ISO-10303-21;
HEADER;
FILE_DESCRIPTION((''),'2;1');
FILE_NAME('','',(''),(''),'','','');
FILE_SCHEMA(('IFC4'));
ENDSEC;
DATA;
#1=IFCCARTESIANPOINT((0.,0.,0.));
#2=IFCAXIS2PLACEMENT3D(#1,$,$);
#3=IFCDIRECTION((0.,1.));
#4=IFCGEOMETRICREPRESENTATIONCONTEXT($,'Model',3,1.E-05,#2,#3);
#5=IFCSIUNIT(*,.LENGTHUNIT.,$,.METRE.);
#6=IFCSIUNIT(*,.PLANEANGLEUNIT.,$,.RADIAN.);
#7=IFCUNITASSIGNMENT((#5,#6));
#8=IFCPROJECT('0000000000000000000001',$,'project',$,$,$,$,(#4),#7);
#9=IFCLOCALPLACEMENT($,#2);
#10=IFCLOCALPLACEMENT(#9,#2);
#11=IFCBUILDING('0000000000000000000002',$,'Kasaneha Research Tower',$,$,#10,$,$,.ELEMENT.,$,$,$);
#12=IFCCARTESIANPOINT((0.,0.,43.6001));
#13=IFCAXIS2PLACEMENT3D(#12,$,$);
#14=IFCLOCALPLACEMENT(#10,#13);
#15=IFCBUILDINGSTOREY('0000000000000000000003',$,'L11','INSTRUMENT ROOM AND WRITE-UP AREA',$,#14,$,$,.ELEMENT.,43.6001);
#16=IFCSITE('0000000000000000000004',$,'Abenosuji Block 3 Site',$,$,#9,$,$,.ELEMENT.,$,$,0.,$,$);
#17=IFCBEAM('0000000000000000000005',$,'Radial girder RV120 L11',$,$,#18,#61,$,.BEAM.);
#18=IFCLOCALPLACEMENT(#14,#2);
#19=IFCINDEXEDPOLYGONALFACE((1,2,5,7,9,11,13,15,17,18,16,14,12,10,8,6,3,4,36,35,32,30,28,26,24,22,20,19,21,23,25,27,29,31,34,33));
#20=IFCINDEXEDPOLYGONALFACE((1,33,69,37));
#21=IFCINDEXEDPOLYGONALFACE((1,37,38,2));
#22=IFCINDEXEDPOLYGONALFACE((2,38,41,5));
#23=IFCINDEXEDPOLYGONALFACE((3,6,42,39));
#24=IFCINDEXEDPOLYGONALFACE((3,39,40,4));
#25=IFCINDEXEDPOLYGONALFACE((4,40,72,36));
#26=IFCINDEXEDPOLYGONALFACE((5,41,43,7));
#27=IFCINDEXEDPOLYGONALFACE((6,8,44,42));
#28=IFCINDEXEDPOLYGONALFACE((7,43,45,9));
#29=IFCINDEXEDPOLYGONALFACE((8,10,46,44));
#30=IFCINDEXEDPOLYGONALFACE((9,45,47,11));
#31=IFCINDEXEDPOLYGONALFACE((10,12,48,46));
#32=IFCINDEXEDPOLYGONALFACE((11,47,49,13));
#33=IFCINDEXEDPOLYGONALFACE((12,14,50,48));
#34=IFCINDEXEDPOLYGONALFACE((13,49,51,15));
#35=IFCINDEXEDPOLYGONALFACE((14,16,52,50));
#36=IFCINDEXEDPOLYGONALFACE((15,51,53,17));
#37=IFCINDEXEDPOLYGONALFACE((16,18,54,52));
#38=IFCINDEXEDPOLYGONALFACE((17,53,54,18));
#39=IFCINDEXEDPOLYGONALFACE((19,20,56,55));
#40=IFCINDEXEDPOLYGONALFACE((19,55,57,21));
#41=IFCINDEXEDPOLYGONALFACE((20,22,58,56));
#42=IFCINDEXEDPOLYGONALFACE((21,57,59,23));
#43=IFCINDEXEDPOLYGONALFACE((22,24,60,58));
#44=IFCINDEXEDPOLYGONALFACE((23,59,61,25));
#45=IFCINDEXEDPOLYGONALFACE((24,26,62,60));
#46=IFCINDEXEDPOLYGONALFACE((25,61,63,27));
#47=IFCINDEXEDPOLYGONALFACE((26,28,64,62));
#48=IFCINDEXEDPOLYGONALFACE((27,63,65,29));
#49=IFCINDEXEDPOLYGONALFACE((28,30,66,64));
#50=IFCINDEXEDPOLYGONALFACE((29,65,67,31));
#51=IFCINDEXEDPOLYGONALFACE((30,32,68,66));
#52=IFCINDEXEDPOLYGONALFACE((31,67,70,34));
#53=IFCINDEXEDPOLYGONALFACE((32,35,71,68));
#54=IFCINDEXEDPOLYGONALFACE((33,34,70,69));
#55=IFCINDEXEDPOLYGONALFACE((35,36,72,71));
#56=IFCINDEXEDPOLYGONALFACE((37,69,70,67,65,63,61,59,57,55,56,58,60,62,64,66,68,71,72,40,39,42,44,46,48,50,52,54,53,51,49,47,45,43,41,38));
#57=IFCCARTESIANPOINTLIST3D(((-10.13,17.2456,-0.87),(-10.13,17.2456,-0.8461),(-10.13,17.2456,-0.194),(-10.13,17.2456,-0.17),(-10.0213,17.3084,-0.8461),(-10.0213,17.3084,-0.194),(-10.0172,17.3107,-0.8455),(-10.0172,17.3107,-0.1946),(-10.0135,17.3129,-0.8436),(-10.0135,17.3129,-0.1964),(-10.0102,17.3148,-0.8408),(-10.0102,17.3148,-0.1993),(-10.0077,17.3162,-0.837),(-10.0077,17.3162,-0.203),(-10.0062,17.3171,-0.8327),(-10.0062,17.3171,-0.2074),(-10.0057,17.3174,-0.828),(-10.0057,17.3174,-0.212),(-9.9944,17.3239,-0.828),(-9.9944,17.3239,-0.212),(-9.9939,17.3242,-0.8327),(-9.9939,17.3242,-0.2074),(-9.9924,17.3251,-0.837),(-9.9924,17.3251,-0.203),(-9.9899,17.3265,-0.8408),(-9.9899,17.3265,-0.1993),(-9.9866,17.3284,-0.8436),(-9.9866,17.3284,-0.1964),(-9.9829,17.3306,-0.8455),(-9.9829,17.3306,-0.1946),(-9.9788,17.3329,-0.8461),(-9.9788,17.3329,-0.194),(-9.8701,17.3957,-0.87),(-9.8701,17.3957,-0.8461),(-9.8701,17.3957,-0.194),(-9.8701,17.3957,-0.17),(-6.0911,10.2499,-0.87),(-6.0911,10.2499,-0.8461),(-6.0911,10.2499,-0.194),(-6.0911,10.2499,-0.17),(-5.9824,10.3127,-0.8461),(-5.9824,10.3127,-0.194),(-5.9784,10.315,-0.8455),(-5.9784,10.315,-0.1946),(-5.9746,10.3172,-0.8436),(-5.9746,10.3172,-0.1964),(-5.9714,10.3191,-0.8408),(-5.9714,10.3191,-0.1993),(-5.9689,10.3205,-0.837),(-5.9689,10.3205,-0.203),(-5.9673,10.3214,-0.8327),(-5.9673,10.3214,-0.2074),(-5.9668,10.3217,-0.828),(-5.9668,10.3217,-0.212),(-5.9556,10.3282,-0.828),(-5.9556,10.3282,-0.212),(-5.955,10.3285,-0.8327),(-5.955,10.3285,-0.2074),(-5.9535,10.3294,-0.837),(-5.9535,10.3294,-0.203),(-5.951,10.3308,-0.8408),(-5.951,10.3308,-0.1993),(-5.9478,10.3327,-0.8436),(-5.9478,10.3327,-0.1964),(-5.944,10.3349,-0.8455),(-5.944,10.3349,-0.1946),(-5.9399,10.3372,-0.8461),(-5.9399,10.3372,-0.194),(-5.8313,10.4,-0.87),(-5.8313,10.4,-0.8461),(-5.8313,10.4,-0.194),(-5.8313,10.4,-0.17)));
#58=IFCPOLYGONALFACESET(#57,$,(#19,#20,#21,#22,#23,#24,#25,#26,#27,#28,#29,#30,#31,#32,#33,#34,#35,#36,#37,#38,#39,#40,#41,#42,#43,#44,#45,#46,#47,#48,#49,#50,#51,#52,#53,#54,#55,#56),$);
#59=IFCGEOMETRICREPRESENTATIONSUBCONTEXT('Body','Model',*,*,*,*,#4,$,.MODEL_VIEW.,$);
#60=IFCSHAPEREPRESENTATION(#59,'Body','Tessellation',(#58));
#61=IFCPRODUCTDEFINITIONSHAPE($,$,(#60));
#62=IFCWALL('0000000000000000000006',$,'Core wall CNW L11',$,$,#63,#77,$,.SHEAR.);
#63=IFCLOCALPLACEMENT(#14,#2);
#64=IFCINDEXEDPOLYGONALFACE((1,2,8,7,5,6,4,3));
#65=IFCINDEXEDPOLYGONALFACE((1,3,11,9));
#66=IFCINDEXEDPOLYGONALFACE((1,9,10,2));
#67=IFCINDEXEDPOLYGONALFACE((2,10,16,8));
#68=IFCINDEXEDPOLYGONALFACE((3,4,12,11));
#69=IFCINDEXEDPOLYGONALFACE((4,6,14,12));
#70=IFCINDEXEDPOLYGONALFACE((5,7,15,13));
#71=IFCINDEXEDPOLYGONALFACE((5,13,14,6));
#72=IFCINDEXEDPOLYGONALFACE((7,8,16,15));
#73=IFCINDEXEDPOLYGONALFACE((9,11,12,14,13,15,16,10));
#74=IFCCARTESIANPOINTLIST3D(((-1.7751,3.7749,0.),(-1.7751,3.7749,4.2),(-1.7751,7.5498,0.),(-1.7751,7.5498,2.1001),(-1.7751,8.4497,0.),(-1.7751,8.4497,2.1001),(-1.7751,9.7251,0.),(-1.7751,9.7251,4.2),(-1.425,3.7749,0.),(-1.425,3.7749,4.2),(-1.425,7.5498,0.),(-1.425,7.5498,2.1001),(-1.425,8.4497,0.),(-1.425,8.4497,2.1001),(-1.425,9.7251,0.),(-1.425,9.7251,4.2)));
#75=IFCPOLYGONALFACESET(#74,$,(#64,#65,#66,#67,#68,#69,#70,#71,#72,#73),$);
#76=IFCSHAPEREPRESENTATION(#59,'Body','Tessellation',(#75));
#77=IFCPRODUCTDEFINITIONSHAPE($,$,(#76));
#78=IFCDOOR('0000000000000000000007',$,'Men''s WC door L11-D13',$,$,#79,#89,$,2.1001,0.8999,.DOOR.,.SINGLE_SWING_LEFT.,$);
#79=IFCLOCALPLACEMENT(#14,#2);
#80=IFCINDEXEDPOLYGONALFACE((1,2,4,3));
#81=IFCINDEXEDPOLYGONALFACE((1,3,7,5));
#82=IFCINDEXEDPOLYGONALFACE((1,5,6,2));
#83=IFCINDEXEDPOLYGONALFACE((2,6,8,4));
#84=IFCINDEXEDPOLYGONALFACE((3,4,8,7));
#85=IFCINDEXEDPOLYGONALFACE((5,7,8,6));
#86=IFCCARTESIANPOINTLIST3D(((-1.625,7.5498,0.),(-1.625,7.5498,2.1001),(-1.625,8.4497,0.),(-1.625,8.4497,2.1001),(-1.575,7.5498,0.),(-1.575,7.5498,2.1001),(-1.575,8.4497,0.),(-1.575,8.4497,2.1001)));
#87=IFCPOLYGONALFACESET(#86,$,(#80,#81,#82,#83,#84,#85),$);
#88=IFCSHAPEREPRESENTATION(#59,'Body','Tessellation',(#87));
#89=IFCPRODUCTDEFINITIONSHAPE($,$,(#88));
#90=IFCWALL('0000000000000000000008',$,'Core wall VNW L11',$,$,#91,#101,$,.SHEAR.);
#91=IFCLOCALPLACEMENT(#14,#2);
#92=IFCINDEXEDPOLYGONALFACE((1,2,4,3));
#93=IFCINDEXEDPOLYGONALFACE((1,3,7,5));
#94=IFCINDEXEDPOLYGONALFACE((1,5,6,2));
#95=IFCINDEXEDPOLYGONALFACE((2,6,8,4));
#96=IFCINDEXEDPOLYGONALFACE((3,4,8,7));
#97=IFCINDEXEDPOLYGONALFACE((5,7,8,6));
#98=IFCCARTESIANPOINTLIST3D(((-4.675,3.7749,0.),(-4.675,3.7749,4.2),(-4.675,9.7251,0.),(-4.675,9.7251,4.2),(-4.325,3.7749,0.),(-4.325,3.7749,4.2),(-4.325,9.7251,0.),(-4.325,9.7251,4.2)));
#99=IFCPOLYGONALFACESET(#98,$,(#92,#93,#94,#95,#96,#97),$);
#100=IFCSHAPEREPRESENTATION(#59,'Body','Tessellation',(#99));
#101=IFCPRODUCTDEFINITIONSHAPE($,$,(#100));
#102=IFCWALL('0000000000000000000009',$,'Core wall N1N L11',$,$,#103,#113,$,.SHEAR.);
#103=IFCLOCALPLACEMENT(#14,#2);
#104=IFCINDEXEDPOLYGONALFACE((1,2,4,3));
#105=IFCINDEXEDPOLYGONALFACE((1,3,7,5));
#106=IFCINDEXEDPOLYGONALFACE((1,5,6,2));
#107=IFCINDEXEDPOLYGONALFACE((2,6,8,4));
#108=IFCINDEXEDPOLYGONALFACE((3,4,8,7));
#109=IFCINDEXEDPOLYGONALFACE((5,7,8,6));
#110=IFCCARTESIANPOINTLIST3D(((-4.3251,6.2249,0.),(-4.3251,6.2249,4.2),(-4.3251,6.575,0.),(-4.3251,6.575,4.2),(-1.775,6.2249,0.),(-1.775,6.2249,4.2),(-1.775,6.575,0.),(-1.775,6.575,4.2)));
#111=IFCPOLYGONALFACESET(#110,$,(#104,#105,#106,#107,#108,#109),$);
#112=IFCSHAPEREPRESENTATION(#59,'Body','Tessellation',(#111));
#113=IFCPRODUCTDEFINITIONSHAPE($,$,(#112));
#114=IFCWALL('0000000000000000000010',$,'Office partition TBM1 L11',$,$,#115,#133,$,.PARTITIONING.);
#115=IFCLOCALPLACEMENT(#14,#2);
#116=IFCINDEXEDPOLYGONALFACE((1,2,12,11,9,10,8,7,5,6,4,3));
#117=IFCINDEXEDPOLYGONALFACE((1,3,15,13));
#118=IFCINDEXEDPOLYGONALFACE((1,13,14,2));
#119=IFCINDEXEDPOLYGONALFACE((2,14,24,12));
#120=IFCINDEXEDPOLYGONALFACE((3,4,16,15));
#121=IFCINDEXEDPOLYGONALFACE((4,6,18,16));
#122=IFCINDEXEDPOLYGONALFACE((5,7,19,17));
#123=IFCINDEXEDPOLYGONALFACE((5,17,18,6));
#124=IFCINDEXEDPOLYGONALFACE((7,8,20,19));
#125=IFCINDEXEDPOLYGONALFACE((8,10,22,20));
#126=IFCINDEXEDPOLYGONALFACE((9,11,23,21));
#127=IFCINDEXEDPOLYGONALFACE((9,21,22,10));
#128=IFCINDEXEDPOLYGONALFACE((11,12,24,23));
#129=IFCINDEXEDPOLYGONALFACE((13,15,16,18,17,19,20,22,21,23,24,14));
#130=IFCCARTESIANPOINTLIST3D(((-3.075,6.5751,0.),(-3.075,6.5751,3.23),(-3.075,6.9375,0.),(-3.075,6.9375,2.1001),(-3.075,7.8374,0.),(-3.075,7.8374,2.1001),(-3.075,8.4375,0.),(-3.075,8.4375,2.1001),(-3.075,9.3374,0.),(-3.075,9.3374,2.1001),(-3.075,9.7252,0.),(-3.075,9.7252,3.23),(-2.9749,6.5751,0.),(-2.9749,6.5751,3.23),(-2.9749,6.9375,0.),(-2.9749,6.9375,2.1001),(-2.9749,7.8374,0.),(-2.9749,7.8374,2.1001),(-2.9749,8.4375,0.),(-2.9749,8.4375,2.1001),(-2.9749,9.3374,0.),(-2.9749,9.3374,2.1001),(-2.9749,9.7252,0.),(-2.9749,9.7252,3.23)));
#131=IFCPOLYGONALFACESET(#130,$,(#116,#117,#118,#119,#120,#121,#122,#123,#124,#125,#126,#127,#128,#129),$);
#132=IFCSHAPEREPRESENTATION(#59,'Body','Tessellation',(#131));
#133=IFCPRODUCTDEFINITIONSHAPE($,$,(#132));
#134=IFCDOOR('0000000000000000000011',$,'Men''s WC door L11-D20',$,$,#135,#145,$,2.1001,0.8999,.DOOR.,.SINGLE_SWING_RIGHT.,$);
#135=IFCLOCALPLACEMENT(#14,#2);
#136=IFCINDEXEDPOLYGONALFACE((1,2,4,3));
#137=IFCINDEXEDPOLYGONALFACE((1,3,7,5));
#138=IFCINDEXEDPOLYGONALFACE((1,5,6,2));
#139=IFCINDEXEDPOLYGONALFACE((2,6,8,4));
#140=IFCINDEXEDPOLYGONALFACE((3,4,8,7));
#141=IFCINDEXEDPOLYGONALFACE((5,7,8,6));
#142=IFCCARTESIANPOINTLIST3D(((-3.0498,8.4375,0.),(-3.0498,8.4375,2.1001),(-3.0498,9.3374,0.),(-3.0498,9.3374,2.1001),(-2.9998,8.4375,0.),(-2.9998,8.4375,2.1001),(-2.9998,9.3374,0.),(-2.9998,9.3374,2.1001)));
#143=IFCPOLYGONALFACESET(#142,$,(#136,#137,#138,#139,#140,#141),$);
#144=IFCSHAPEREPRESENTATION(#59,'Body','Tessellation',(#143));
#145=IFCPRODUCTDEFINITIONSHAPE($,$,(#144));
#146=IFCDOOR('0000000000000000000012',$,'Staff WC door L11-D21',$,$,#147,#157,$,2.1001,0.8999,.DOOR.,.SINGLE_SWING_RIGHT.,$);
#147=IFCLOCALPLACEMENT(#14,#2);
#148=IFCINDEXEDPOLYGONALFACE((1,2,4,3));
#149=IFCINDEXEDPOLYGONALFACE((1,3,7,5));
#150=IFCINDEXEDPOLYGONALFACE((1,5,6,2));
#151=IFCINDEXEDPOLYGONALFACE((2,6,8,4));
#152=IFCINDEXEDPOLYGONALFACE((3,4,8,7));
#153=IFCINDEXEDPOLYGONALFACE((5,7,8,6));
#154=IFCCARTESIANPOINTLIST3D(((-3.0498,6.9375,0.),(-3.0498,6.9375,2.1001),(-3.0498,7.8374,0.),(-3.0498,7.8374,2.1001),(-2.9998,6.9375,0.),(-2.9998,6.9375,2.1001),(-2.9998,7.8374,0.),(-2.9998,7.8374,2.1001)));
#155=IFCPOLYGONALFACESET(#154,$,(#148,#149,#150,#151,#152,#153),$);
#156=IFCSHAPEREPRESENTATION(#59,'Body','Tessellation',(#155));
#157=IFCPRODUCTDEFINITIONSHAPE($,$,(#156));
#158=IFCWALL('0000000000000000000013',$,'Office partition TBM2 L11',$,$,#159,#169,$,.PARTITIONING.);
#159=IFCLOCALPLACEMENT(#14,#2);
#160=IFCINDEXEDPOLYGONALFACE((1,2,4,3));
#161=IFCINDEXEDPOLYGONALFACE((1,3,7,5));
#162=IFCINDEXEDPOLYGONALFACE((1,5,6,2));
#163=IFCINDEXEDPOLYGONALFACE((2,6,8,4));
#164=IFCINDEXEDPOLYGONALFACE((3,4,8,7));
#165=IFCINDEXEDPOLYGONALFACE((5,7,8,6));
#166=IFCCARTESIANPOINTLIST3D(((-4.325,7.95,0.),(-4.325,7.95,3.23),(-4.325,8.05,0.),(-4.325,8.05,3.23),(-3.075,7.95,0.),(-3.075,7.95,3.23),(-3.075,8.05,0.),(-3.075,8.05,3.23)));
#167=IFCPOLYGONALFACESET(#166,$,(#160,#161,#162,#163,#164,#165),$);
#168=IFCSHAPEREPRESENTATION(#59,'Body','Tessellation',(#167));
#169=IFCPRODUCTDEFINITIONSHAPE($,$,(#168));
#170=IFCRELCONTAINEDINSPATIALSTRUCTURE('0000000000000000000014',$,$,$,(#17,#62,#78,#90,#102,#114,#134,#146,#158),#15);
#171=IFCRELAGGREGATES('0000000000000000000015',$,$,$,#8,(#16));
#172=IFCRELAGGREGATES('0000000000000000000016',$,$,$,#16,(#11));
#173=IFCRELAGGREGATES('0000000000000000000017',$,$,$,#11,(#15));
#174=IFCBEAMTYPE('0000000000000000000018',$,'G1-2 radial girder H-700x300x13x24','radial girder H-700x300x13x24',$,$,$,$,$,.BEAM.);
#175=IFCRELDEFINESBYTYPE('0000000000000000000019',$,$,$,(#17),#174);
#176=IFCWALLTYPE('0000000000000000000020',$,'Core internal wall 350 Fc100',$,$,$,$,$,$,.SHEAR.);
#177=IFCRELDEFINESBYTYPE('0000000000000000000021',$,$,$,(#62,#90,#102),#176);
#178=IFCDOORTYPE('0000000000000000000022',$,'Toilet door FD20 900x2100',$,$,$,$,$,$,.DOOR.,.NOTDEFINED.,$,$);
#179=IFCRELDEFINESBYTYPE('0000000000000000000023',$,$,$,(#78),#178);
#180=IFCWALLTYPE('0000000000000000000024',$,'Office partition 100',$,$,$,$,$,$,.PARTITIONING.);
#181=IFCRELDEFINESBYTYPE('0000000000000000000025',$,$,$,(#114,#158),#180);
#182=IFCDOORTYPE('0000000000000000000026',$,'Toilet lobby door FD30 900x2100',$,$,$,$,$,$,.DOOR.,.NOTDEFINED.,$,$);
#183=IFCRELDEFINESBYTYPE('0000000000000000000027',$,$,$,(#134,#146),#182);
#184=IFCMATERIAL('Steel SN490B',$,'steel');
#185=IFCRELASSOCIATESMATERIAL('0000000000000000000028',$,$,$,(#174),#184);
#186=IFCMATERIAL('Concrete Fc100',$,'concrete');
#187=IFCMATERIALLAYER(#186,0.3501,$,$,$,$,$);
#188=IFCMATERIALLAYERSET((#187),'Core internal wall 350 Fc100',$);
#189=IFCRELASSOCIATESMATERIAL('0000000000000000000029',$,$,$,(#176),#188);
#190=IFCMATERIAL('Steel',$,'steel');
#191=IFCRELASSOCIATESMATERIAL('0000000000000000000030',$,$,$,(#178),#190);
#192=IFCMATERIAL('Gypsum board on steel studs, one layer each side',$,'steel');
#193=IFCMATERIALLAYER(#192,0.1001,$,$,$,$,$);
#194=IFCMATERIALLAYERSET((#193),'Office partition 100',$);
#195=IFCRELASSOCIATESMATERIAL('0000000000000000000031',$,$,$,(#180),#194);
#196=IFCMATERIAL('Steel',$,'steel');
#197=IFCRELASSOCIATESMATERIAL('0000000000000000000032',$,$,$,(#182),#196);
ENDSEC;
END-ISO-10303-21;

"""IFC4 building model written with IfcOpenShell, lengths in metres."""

from ifc_helpers import new_model, si_unit, direction, frame, frame_2d, origin, origin_2d, place, context, subcontext, project, spatial, rectangle, i_section, extrude, material, layer, layer_set, material_profile, profile_set, type_object, element, fill, save


model = new_model("IFC4")

# Units and contexts
model_context = context("Model", 3, precision=1e-05, world=origin(), true_north=direction((0.0, 1.0)))
body_context = subcontext(model_context, "Body", "Model", "MODEL_VIEW")
ifc_project = project(units=[si_unit("LENGTHUNIT", "METRE"), si_unit("PLANEANGLEUNIT", "RADIAN")], contexts=[model_context])

# Site, building, storey
site_placement = place(None, origin())
site = spatial("IfcSite", under=ifc_project, at=site_placement, Name="Abenosuji Block 3 Site", CompositionType="ELEMENT", RefElevation=0.0)
building_placement = place(site_placement, origin())
building = spatial("IfcBuilding", under=site, at=building_placement, Name="Kasaneha Research Tower", CompositionType="ELEMENT")
storey_placement = place(building_placement, frame((0.0, 0.0, 43.6001)))
storey = spatial("IfcBuildingStorey", under=building, at=storey_placement, Name="L11", Description="INSTRUMENT ROOM AND WRITE-UP AREA", CompositionType="ELEMENT", Elevation=43.6001)

# Beam
ifc_material_1 = material(Name="Steel SN490B", Category="steel")
ifc_material_profile = material_profile(ifc_material_1, i_section(OverallWidth=0.3, OverallDepth=0.7, WebThickness=0.0129, FlangeThickness=0.0239, FilletRadius=0.0181, at=origin_2d()), Name="H-700x300x13x24")
ifc_profile_set = profile_set([ifc_material_profile], Name="Steel SN490B")
beam_type = type_object("IfcBeamType", Name="G1-2 radial girder H-700x300x13x24", Description="radial girder H-700x300x13x24", PredefinedType="BEAM", material=ifc_profile_set)
beam_placement = place(storey_placement, frame((-5.9612, 10.325, -0.52), z_axis=(-0.499991, 0.866031, 0.0), x_axis=(-0.866031, -0.499991, 0.0)))
element("IfcBeam", 1, at=beam_placement, inside=storey, type_object=beam_type, Name="Radial girder RV120 L11", PredefinedType="BEAM", context=body_context, shape_type="SweptSolid", body=[
    extrude(i_section(OverallWidth=0.3, OverallDepth=0.7, WebThickness=0.0129, FlangeThickness=0.0239, FilletRadius=0.0181, at=origin_2d()), origin(), (0.0, 0.0, 1.0), 8.0779),
])

# Wall, opening, door
ifc_material_2 = material(Name="Concrete Fc100", Category="concrete")
ifc_layer_1 = layer(ifc_material_2, 0.3501)
ifc_layer_set_1 = layer_set([ifc_layer_1], Name="Core internal wall 350 Fc100")
wall_type_1 = type_object("IfcWallType", Name="Core internal wall 350 Fc100", PredefinedType="SHEAR", material=ifc_layer_set_1)
wall_1_placement = place(storey_placement, frame((-1.6001, 3.7749, 0.0), z_axis=(0.0, 0.0, 1.0), x_axis=(0.0, 1.0, 0.0)))
wall_1 = element("IfcWall", 2, at=wall_1_placement, inside=storey, type_object=wall_type_1, Name="Core wall CNW L11", PredefinedType="SHEAR", context=body_context, shape_type="SweptSolid", body=[
    extrude(rectangle(XDim=5.9502, YDim=0.3501, at=frame_2d((2.9751, 0.0))), origin(), (0.0, 0.0, 1.0), 4.2),
])
opening_1_placement = place(wall_1_placement, frame((3.7749, 0.0, 0.0)))
opening_1 = element("IfcOpeningElement", 3, at=opening_1_placement, cuts=wall_1, PredefinedType="OPENING", context=body_context, shape_type="SweptSolid", body=[
    extrude(rectangle(XDim=0.8999, YDim=2.1001, at=frame_2d((0.45, 1.05))), frame((0.0, 0.1851, 0.0), z_axis=(0.0, -1.0, 0.0), x_axis=(1.0, 0.0, 0.0)), (0.0, 0.0, 1.0), 0.3701),
])
ifc_material_3 = material(Name="Steel", Category="steel")
door_type_1 = type_object("IfcDoorType", Name="Toilet door FD20 900x2100", OperationType="NOTDEFINED", PredefinedType="DOOR", material=ifc_material_3)
door_1_placement = place(opening_1_placement, origin())
door_1 = element("IfcDoor", 4, at=door_1_placement, inside=storey, type_object=door_type_1, Name="Men's WC door L11-D13", OperationType="SINGLE_SWING_LEFT", OverallHeight=2.1001, OverallWidth=0.8999, PredefinedType="DOOR", context=body_context, shape_type="SweptSolid", body=[
    extrude(rectangle(XDim=0.8999, YDim=2.1001, at=frame_2d((0.45, 1.05))), frame((0.0, 0.0249, 0.0), z_axis=(0.0, -1.0, 0.0), x_axis=(1.0, 0.0, 0.0)), (0.0, 0.0, 1.0), 0.05),
])
fill(opening_1, door_1)

# Walls
wall_2_placement = place(storey_placement, frame((-4.5, 3.7749, 0.0), z_axis=(0.0, 0.0, 1.0), x_axis=(0.0, 1.0, 0.0)))
element("IfcWall", 5, at=wall_2_placement, inside=storey, type_object=wall_type_1, Name="Core wall VNW L11", PredefinedType="SHEAR", context=body_context, shape_type="SweptSolid", body=[
    extrude(rectangle(XDim=5.9502, YDim=0.3501, at=frame_2d((2.9751, 0.0))), origin(), (0.0, 0.0, 1.0), 4.2),
])
wall_3_placement = place(storey_placement, frame((-4.325, 6.3999, 0.0), z_axis=(0.0, 0.0, 1.0), x_axis=(1.0, 0.0, 0.0)))
element("IfcWall", 6, at=wall_3_placement, inside=storey, type_object=wall_type_1, Name="Core wall N1N L11", PredefinedType="SHEAR", context=body_context, shape_type="SweptSolid", body=[
    extrude(rectangle(XDim=2.55, YDim=0.3501, at=frame_2d((1.2749, 0.0))), origin(), (0.0, 0.0, 1.0), 4.2),
])

# Wall, openings, doors
ifc_material_4 = material(Name="Gypsum board on steel studs, one layer each side", Category="steel")
ifc_layer_2 = layer(ifc_material_4, 0.1001)
ifc_layer_set_2 = layer_set([ifc_layer_2], Name="Office partition 100")
wall_type_2 = type_object("IfcWallType", Name="Office partition 100", PredefinedType="PARTITIONING", material=ifc_layer_set_2)
wall_4_placement = place(storey_placement, frame((-3.0249, 6.575, 0.0), z_axis=(0.0, 0.0, 1.0), x_axis=(0.0, 1.0, 0.0)))
wall_4 = element("IfcWall", 7, at=wall_4_placement, inside=storey, type_object=wall_type_2, Name="Office partition TBM1 L11", PredefinedType="PARTITIONING", context=body_context, shape_type="SweptSolid", body=[
    extrude(rectangle(XDim=3.1501, YDim=0.1001, at=frame_2d((1.5752, 0.0))), origin(), (0.0, 0.0, 1.0), 3.23),
])
opening_2_placement = place(wall_4_placement, frame((1.8625, 0.0, 0.0)))
opening_2 = element("IfcOpeningElement", 8, at=opening_2_placement, cuts=wall_4, PredefinedType="OPENING", context=body_context, shape_type="SweptSolid", body=[
    extrude(rectangle(XDim=0.8999, YDim=2.1001, at=frame_2d((0.45, 1.05))), frame((0.0, 0.0601, 0.0), z_axis=(0.0, -1.0, 0.0), x_axis=(1.0, 0.0, 0.0)), (0.0, 0.0, 1.0), 0.1201),
])
opening_3_placement = place(wall_4_placement, frame((0.3625, 0.0, 0.0)))
opening_3 = element("IfcOpeningElement", 9, at=opening_3_placement, cuts=wall_4, PredefinedType="OPENING", context=body_context, shape_type="SweptSolid", body=[
    extrude(rectangle(XDim=0.8999, YDim=2.1001, at=frame_2d((0.45, 1.05))), frame((0.0, 0.0601, 0.0), z_axis=(0.0, -1.0, 0.0), x_axis=(1.0, 0.0, 0.0)), (0.0, 0.0, 1.0), 0.1201),
])
ifc_material_5 = material(Name="Steel", Category="steel")
door_type_2 = type_object("IfcDoorType", Name="Toilet lobby door FD30 900x2100", OperationType="NOTDEFINED", PredefinedType="DOOR", material=ifc_material_5)
door_2_placement = place(opening_2_placement, origin())
door_2 = element("IfcDoor", 10, at=door_2_placement, inside=storey, type_object=door_type_2, Name="Men's WC door L11-D20", OperationType="SINGLE_SWING_RIGHT", OverallHeight=2.1001, OverallWidth=0.8999, PredefinedType="DOOR", context=body_context, shape_type="SweptSolid", body=[
    extrude(rectangle(XDim=0.8999, YDim=2.1001, at=frame_2d((0.45, 1.05))), frame((0.0, 0.0249, 0.0), z_axis=(0.0, -1.0, 0.0), x_axis=(1.0, 0.0, 0.0)), (0.0, 0.0, 1.0), 0.05),
])
fill(opening_2, door_2)
door_3_placement = place(opening_3_placement, origin())
door_3 = element("IfcDoor", 11, at=door_3_placement, inside=storey, type_object=door_type_2, Name="Staff WC door L11-D21", OperationType="SINGLE_SWING_RIGHT", OverallHeight=2.1001, OverallWidth=0.8999, PredefinedType="DOOR", context=body_context, shape_type="SweptSolid", body=[
    extrude(rectangle(XDim=0.8999, YDim=2.1001, at=frame_2d((0.45, 1.05))), frame((0.0, 0.0249, 0.0), z_axis=(0.0, -1.0, 0.0), x_axis=(1.0, 0.0, 0.0)), (0.0, 0.0, 1.0), 0.05),
])
fill(opening_3, door_3)

# Wall
wall_5_placement = place(storey_placement, frame((-3.075, 8.0, 0.0), z_axis=(0.0, 0.0, 1.0), x_axis=(-1.0, 0.0, 0.0)))
element("IfcWall", 12, at=wall_5_placement, inside=storey, type_object=wall_type_2, Name="Office partition TBM2 L11", PredefinedType="PARTITIONING", context=body_context, shape_type="SweptSolid", body=[
    extrude(rectangle(XDim=1.25, YDim=0.1001, at=frame_2d((0.625, 0.0))), origin(), (0.0, 0.0, 1.0), 3.23),
])

save(model, "model.ifc")
